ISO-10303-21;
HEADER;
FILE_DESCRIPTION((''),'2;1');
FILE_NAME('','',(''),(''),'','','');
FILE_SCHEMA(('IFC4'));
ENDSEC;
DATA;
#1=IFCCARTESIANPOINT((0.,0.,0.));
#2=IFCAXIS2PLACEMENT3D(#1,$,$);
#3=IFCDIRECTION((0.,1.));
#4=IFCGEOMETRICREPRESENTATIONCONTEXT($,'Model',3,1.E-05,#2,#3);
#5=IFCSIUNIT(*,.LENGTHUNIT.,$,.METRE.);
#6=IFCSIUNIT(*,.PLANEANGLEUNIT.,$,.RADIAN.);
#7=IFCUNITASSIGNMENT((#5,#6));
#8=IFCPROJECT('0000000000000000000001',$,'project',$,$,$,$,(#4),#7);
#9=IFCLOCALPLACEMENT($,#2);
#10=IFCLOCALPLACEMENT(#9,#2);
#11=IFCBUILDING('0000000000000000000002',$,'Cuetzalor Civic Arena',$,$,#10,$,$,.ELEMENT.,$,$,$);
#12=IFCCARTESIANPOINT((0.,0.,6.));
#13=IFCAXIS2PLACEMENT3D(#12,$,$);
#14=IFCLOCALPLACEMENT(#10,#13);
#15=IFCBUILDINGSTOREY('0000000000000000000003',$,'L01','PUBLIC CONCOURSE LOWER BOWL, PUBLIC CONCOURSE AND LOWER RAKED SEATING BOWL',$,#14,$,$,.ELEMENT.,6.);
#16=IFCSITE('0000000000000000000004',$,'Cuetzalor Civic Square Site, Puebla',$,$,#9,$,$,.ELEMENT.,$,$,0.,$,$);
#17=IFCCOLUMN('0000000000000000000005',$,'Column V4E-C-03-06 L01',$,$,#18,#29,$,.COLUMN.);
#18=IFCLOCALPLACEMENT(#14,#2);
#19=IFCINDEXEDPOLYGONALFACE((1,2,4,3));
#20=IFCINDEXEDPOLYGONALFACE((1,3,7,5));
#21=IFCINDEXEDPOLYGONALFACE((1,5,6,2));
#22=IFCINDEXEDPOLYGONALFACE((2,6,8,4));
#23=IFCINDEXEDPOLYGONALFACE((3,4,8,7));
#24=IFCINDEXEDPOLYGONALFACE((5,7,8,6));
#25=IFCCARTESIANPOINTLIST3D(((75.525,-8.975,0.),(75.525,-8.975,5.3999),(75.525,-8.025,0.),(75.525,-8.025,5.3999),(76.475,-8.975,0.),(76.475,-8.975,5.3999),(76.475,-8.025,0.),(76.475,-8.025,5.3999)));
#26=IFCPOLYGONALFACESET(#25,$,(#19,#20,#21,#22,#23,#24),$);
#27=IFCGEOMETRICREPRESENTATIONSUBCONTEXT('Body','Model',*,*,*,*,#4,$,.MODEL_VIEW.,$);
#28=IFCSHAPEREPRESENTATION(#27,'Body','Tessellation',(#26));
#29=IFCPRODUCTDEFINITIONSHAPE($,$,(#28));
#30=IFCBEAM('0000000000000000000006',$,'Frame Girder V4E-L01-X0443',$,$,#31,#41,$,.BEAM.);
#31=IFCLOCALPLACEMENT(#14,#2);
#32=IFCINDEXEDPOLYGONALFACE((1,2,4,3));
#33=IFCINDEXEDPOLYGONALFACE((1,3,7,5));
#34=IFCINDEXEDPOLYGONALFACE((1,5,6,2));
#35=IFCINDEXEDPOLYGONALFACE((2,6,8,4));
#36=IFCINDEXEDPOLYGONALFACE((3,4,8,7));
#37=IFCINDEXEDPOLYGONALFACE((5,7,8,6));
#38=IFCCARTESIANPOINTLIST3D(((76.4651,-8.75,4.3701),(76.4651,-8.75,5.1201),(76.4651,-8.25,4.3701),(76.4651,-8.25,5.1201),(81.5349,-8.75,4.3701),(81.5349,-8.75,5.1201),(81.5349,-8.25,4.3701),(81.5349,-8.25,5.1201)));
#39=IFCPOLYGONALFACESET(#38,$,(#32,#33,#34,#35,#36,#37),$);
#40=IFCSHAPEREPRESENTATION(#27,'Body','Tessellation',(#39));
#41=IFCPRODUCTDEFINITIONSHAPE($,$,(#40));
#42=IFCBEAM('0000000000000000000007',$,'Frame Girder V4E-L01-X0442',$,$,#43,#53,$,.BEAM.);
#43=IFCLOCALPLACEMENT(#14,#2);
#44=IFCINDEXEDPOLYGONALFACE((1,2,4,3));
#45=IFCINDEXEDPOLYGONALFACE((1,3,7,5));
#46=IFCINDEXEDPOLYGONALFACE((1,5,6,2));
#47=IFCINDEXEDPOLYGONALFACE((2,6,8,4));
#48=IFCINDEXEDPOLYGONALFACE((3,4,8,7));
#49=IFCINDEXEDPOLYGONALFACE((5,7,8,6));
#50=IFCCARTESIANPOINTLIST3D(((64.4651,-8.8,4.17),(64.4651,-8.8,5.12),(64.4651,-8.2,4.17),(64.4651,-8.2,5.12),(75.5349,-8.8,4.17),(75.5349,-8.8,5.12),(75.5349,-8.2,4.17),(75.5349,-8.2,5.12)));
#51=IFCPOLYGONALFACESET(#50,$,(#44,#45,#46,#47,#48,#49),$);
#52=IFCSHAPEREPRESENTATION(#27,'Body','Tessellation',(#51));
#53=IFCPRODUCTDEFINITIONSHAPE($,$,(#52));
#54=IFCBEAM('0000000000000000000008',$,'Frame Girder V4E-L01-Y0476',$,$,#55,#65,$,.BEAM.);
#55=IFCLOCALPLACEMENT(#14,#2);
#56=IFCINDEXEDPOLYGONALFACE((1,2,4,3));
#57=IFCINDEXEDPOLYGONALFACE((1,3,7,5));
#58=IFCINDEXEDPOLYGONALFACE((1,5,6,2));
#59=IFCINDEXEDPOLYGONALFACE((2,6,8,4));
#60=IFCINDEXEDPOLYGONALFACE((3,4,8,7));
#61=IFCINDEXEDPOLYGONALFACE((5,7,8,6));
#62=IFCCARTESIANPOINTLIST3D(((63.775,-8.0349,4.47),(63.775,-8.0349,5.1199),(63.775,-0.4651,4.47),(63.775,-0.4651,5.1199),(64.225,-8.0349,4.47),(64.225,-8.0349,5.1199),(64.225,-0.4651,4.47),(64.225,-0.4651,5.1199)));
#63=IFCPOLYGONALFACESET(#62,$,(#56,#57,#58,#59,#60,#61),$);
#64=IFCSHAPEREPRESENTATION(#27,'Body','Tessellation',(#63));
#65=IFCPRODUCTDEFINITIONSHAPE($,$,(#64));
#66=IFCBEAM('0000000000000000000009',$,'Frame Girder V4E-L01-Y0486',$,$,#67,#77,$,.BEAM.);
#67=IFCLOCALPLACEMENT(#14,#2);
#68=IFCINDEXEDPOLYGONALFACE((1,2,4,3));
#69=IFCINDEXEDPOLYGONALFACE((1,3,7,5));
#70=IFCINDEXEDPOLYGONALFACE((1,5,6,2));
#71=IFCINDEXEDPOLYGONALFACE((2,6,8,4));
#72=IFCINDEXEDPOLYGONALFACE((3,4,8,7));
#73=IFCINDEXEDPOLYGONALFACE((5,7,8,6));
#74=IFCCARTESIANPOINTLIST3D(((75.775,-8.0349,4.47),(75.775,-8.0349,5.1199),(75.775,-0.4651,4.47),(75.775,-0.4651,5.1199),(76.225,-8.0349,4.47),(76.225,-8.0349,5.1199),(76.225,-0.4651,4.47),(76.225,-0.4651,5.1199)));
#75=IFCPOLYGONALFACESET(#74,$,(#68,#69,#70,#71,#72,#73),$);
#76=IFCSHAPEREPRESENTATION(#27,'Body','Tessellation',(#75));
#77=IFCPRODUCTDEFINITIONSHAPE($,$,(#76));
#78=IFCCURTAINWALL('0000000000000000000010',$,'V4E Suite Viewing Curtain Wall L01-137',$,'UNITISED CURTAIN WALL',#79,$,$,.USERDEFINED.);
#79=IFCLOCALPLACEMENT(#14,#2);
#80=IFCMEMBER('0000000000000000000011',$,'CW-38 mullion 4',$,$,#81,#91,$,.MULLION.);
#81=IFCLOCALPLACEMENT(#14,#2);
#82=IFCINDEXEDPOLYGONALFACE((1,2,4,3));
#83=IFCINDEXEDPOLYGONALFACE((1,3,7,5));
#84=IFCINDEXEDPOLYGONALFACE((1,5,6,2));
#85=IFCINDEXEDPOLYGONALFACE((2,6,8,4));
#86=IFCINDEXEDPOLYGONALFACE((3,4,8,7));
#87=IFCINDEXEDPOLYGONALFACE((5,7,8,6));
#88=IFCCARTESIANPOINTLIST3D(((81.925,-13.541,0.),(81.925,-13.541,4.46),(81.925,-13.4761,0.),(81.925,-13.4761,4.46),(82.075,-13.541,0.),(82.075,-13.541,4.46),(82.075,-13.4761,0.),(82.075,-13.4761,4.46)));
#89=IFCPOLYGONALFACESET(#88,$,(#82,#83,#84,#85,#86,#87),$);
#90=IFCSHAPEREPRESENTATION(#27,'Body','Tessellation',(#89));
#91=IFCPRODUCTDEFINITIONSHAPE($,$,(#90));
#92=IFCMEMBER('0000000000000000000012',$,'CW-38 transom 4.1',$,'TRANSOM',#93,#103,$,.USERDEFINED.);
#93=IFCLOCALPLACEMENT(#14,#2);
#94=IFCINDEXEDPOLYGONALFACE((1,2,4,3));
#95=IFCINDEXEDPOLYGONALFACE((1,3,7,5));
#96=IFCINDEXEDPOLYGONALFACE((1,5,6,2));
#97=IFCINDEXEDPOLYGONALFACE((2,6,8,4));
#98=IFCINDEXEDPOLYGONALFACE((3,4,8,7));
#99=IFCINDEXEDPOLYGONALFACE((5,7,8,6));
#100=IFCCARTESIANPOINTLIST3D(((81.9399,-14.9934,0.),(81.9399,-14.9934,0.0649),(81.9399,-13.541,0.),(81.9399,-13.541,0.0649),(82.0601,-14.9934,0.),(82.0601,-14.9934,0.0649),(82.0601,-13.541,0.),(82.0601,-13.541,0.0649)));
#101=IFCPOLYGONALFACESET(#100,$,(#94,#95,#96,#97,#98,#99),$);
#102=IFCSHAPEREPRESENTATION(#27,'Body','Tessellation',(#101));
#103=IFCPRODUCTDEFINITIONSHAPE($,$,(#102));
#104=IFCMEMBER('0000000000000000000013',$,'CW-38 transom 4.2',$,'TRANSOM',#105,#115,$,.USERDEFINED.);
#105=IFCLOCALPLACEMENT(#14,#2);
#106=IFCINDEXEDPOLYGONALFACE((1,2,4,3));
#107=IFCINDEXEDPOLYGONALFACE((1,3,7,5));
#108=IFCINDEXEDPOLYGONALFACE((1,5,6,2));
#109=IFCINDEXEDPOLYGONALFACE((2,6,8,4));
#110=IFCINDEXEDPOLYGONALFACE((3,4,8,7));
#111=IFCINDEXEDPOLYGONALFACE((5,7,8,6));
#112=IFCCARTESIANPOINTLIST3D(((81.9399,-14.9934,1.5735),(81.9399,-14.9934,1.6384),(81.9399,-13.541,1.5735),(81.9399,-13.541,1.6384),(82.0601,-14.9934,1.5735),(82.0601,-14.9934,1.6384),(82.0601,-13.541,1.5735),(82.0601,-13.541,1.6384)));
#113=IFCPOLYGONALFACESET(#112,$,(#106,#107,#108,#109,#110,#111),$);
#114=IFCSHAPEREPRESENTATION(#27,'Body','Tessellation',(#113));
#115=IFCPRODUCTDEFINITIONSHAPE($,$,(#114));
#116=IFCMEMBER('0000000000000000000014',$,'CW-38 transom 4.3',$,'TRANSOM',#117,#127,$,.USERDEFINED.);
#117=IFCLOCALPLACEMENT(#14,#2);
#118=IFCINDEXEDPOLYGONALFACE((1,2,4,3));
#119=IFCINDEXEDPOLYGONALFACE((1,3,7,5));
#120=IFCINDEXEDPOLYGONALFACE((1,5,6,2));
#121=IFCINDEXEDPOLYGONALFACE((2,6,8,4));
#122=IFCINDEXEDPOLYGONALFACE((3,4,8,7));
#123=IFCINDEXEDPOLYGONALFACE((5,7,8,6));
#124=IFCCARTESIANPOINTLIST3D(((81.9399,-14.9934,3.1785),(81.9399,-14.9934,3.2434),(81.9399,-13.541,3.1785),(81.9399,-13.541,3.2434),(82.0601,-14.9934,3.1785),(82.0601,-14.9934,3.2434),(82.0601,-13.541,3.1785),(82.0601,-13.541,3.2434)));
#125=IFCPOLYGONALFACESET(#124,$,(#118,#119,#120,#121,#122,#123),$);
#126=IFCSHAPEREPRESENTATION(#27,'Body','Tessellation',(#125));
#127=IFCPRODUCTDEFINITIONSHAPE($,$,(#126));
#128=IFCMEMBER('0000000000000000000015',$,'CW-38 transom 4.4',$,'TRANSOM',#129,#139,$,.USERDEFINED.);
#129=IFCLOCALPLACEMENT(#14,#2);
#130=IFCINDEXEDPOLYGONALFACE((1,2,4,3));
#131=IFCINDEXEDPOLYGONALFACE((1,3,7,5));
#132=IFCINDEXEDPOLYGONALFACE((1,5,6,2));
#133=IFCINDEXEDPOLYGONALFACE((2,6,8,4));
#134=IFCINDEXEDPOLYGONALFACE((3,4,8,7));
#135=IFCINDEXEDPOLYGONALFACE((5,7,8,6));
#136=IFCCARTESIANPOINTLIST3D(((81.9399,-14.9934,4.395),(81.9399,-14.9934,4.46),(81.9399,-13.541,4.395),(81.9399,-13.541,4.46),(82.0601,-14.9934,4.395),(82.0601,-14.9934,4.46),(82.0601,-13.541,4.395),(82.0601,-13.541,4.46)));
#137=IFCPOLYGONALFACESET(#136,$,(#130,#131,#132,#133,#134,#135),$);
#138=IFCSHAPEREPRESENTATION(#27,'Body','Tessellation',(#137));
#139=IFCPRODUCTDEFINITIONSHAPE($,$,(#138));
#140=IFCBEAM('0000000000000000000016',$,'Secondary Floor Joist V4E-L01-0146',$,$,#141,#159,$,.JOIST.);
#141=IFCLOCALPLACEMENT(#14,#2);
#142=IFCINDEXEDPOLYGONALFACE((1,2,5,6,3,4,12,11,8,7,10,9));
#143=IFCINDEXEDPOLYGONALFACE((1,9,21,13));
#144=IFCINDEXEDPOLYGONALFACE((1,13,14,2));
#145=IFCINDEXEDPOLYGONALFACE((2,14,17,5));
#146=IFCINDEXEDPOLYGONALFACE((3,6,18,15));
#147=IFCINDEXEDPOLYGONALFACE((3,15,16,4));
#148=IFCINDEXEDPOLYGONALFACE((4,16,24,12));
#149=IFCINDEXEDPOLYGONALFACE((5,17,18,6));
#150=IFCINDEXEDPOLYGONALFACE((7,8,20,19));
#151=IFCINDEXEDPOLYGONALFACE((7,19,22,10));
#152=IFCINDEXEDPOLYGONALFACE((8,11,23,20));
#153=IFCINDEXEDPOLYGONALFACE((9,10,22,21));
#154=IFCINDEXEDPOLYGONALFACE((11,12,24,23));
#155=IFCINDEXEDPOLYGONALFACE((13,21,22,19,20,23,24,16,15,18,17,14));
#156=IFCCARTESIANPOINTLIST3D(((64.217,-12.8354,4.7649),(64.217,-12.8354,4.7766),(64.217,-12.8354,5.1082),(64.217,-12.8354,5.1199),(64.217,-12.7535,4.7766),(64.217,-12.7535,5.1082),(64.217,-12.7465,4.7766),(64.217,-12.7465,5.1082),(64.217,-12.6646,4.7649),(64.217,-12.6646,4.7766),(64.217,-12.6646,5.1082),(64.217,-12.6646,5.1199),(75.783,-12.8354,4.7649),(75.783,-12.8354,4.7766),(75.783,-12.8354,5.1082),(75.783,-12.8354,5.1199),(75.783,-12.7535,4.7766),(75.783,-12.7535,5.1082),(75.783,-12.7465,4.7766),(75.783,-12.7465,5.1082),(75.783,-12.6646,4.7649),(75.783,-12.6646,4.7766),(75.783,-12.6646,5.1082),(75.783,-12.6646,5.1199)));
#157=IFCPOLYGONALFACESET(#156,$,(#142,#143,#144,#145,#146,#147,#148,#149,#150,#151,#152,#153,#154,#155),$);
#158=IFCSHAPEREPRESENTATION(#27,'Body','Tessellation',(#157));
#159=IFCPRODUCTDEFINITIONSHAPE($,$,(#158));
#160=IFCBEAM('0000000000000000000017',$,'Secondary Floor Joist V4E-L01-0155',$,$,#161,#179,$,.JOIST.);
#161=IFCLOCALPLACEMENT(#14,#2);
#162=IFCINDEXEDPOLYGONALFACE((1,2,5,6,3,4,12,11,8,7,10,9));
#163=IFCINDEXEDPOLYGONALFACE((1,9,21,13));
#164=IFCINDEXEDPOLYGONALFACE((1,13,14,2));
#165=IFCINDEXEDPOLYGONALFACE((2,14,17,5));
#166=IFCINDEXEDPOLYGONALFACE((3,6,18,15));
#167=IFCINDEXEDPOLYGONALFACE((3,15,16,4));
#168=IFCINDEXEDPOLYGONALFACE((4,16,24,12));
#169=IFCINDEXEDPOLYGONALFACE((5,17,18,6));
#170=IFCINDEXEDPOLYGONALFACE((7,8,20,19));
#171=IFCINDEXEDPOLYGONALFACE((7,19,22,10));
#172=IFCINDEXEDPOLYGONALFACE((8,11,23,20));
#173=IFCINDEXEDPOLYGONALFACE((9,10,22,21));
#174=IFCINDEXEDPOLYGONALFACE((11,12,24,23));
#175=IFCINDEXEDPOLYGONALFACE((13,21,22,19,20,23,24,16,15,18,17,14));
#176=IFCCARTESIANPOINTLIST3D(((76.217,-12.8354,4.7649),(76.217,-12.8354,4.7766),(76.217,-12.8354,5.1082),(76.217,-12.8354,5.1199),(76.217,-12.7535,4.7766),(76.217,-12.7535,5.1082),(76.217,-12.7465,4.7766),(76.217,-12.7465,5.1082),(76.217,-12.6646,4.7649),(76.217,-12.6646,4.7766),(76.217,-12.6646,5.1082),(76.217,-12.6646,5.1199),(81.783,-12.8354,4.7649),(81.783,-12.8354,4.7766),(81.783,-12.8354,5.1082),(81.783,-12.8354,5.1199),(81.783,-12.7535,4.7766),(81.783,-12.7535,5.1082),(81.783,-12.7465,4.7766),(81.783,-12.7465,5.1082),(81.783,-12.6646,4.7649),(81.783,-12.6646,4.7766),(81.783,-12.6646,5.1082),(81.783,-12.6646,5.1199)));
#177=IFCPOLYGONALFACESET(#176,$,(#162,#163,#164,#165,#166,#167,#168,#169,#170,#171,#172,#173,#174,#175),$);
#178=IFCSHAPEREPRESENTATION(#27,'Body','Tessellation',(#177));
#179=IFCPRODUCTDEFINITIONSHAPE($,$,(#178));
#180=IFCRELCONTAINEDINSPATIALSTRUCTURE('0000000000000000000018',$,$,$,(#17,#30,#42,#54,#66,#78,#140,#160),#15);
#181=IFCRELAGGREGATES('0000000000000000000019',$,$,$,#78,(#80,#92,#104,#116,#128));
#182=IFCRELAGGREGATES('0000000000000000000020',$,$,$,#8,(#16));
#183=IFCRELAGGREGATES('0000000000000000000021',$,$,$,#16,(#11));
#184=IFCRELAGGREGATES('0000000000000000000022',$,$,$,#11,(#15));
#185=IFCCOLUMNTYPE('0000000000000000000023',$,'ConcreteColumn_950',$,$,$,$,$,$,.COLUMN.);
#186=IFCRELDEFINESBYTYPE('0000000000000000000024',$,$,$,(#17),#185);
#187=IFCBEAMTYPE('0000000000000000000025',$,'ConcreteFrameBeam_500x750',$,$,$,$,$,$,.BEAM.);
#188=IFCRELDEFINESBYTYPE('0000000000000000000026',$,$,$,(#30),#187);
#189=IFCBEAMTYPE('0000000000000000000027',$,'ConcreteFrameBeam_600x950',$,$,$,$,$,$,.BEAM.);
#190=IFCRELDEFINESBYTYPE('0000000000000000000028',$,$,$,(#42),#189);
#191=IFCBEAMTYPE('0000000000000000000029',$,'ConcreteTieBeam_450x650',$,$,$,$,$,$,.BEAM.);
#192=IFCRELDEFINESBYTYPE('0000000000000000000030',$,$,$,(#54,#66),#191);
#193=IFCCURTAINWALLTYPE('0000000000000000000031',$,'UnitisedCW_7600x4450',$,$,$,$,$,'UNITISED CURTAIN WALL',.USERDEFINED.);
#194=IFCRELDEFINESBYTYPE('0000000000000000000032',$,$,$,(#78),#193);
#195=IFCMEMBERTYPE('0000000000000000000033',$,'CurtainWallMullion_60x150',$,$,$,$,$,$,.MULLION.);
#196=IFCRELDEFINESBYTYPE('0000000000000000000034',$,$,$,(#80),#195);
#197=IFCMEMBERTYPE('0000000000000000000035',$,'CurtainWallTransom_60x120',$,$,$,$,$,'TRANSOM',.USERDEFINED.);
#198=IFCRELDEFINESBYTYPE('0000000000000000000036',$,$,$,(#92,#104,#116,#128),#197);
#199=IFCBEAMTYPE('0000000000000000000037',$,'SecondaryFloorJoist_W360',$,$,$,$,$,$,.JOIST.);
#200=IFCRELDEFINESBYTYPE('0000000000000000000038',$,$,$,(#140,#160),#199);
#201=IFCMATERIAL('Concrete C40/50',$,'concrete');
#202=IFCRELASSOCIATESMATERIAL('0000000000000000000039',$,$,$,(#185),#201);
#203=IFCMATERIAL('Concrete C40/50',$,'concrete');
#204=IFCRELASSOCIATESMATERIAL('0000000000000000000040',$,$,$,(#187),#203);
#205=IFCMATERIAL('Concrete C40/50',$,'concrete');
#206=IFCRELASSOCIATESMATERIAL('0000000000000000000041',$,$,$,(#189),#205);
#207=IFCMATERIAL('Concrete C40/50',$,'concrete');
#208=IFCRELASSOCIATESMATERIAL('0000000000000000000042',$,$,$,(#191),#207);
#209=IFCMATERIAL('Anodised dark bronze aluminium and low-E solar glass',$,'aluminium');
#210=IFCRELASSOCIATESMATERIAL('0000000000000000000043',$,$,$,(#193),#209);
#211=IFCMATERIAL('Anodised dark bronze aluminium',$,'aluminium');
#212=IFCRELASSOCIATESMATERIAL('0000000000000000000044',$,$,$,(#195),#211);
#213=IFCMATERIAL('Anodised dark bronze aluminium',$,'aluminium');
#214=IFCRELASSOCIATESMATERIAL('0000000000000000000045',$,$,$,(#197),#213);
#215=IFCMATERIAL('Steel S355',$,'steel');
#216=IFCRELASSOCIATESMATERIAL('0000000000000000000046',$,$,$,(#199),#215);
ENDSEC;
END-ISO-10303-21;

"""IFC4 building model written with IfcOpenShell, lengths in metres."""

from ifc_helpers import new_model, si_unit, direction, frame, origin, origin_2d, place, context, subcontext, project, spatial, rectangle, i_section, extrude, material, material_profile, profile_set, type_object, element, aggregate, save


model = new_model("IFC4")

# Units and contexts
model_context = context("Model", 3, precision=1e-05, world=origin(), true_north=direction((0.0, 1.0)))
body_context = subcontext(model_context, "Body", "Model", "MODEL_VIEW")
ifc_project = project(units=[si_unit("LENGTHUNIT", "METRE"), si_unit("PLANEANGLEUNIT", "RADIAN")], contexts=[model_context])

# Site, building, storey
site_placement = place(None, origin())
site = spatial("IfcSite", under=ifc_project, at=site_placement, Name="Cuetzalor Civic Square Site, Puebla", CompositionType="ELEMENT", RefElevation=0.0)
building_placement = place(site_placement, origin())
building = spatial("IfcBuilding", under=site, at=building_placement, Name="Cuetzalor Civic Arena", CompositionType="ELEMENT")
storey_placement = place(building_placement, frame((0.0, 0.0, 6.0)))
storey = spatial("IfcBuildingStorey", under=building, at=storey_placement, Name="L01", Description="PUBLIC CONCOURSE LOWER BOWL, PUBLIC CONCOURSE AND LOWER RAKED SEATING BOWL", CompositionType="ELEMENT", Elevation=6.0)

# Column
ifc_material_1 = material(Name="Concrete C40/50", Category="concrete")
ifc_material_profile_1 = material_profile(ifc_material_1, rectangle(XDim=0.95, YDim=0.95, at=origin_2d()), Name="RC 950x950")
ifc_profile_set_1 = profile_set([ifc_material_profile_1], Name="Concrete C40/50")
column_type = type_object("IfcColumnType", Name="ConcreteColumn_950", PredefinedType="COLUMN", material=ifc_profile_set_1)
column_placement = place(storey_placement, frame((76.0, -8.5, 0.0), z_axis=(0.0, 0.0, 1.0), x_axis=(1.0, 0.0, 0.0)))
element("IfcColumn", 1, at=column_placement, inside=storey, type_object=column_type, Name="Column V4E-C-03-06 L01", PredefinedType="COLUMN", context=body_context, shape_type="SweptSolid", body=[
    extrude(rectangle(XDim=0.95, YDim=0.95, at=origin_2d()), origin(), (0.0, 0.0, 1.0), 5.3999),
])

# Beams
ifc_material_2 = material(Name="Concrete C40/50", Category="concrete")
ifc_material_profile_2 = material_profile(ifc_material_2, rectangle(XDim=0.5, YDim=0.75, at=origin_2d()), Name="RC 500x750")
ifc_profile_set_2 = profile_set([ifc_material_profile_2], Name="Concrete C40/50")
beam_type_1 = type_object("IfcBeamType", Name="ConcreteFrameBeam_500x750", PredefinedType="BEAM", material=ifc_profile_set_2)
beam_1_placement = place(storey_placement, frame((76.4651, -8.5, 4.7451), z_axis=(1.0, 0.0, 0.0), x_axis=(0.0, 1.0, 0.0)))
element("IfcBeam", 2, at=beam_1_placement, inside=storey, type_object=beam_type_1, Name="Frame Girder V4E-L01-X0443", PredefinedType="BEAM", context=body_context, shape_type="SweptSolid", body=[
    extrude(rectangle(XDim=0.5, YDim=0.75, at=origin_2d()), origin(), (0.0, 0.0, 1.0), 5.0698),
])
ifc_material_3 = material(Name="Concrete C40/50", Category="concrete")
ifc_material_profile_3 = material_profile(ifc_material_3, rectangle(XDim=0.6001, YDim=0.95, at=origin_2d()), Name="RC 600x950")
ifc_profile_set_3 = profile_set([ifc_material_profile_3], Name="Concrete C40/50")
beam_type_2 = type_object("IfcBeamType", Name="ConcreteFrameBeam_600x950", PredefinedType="BEAM", material=ifc_profile_set_3)
beam_2_placement = place(storey_placement, frame((64.4651, -8.5, 4.645), z_axis=(1.0, 0.0, 0.0), x_axis=(0.0, 1.0, 0.0)))
element("IfcBeam", 3, at=beam_2_placement, inside=storey, type_object=beam_type_2, Name="Frame Girder V4E-L01-X0442", PredefinedType="BEAM", context=body_context, shape_type="SweptSolid", body=[
    extrude(rectangle(XDim=0.6001, YDim=0.95, at=origin_2d()), origin(), (0.0, 0.0, 1.0), 11.0698),
])
ifc_material_4 = material(Name="Concrete C40/50", Category="concrete")
ifc_material_profile_4 = material_profile(ifc_material_4, rectangle(XDim=0.45, YDim=0.6499, at=origin_2d()), Name="RC 450x650")
ifc_profile_set_4 = profile_set([ifc_material_profile_4], Name="Concrete C40/50")
beam_type_3 = type_object("IfcBeamType", Name="ConcreteTieBeam_450x650", PredefinedType="BEAM", material=ifc_profile_set_4)
for number, where, z_axis, x_axis, name in (
    (4, (64.0, -8.0349, 4.7949), (0.0, 1.0, 0.0), (-1.0, 0.0, 0.0), "Frame Girder V4E-L01-Y0476"),
    (5, (76.0, -8.0349, 4.7949), (0.0, 1.0, 0.0), (-1.0, 0.0, 0.0), "Frame Girder V4E-L01-Y0486"),
):
    element("IfcBeam", number, at=place(storey_placement, frame(where, z_axis=z_axis, x_axis=x_axis)), inside=storey, type_object=beam_type_3, Name=name, PredefinedType="BEAM", context=body_context, shape_type="SweptSolid", body=[
        extrude(rectangle(XDim=0.45, YDim=0.6499, at=origin_2d()), origin(), (0.0, 0.0, 1.0), 7.5698),
    ])

# Curtain wall, members
ifc_material_5 = material(Name="Anodised dark bronze aluminium and low-E solar glass", Category="aluminium")
curtain_wall_type = type_object("IfcCurtainWallType", Name="UnitisedCW_7600x4450", ElementType="UNITISED CURTAIN WALL", PredefinedType="USERDEFINED", material=ifc_material_5)
curtain_wall_placement = place(storey_placement, origin())
curtain_wall = element("IfcCurtainWall", 6, at=curtain_wall_placement, inside=storey, type_object=curtain_wall_type, Name="V4E Suite Viewing Curtain Wall L01-137", ObjectType="UNITISED CURTAIN WALL", PredefinedType="USERDEFINED")
ifc_material_6 = material(Name="Anodised dark bronze aluminium", Category="aluminium")
ifc_material_profile_5 = material_profile(ifc_material_6, rectangle(XDim=0.0649, YDim=0.1499, at=origin_2d()), Name="ALU MULLION 65x150")
ifc_profile_set_5 = profile_set([ifc_material_profile_5], Name="Anodised dark bronze aluminium")
member_type_1 = type_object("IfcMemberType", Name="CurtainWallMullion_60x150", PredefinedType="MULLION", material=ifc_profile_set_5)
member_1_placement = place(storey_placement, frame((82.0, -13.5085, 0.0), z_axis=(0.0, 0.0, 1.0), x_axis=(0.0, -1.0, 0.0)))
member_1 = element("IfcMember", 7, at=member_1_placement, type_object=member_type_1, Name="CW-38 mullion 4", PredefinedType="MULLION", context=body_context, shape_type="SweptSolid", body=[
    extrude(rectangle(XDim=0.0649, YDim=0.1499, at=origin_2d()), origin(), (0.0, 0.0, 1.0), 4.46),
])
ifc_material_7 = material(Name="Anodised dark bronze aluminium", Category="aluminium")
ifc_material_profile_6 = material_profile(ifc_material_7, rectangle(XDim=0.1201, YDim=0.0649, at=origin_2d()), Name="ALU TRANSOM 65x120")
ifc_profile_set_6 = profile_set([ifc_material_profile_6], Name="Anodised dark bronze aluminium")
member_type_2 = type_object("IfcMemberType", Name="CurtainWallTransom_60x120", ElementType="TRANSOM", PredefinedType="USERDEFINED", material=ifc_profile_set_6)
member_2_placement = place(storey_placement, frame((82.0, -13.541, 0.0325), z_axis=(0.0, -1.0, 0.0), x_axis=(1.0, 0.0, 0.0)))
member_2 = element("IfcMember", 8, at=member_2_placement, type_object=member_type_2, Name="CW-38 transom 4.1", ObjectType="TRANSOM", PredefinedType="USERDEFINED", context=body_context, shape_type="SweptSolid", body=[
    extrude(rectangle(XDim=0.1201, YDim=0.0649, at=origin_2d()), origin(), (0.0, 0.0, 1.0), 1.4524),
])
member_3_placement = place(storey_placement, frame((82.0, -13.541, 1.606), z_axis=(0.0, -1.0, 0.0), x_axis=(1.0, 0.0, 0.0)))
member_3 = element("IfcMember", 9, at=member_3_placement, type_object=member_type_2, Name="CW-38 transom 4.2", ObjectType="TRANSOM", PredefinedType="USERDEFINED", context=body_context, shape_type="SweptSolid", body=[
    extrude(rectangle(XDim=0.1201, YDim=0.0649, at=origin_2d()), origin(), (0.0, 0.0, 1.0), 1.4524),
])
member_4_placement = place(storey_placement, frame((82.0, -13.541, 3.2109), z_axis=(0.0, -1.0, 0.0), x_axis=(1.0, 0.0, 0.0)))
member_4 = element("IfcMember", 10, at=member_4_placement, type_object=member_type_2, Name="CW-38 transom 4.3", ObjectType="TRANSOM", PredefinedType="USERDEFINED", context=body_context, shape_type="SweptSolid", body=[
    extrude(rectangle(XDim=0.1201, YDim=0.0649, at=origin_2d()), origin(), (0.0, 0.0, 1.0), 1.4524),
])
member_5_placement = place(storey_placement, frame((82.0, -13.541, 4.4275), z_axis=(0.0, -1.0, 0.0), x_axis=(1.0, 0.0, 0.0)))
member_5 = element("IfcMember", 11, at=member_5_placement, type_object=member_type_2, Name="CW-38 transom 4.4", ObjectType="TRANSOM", PredefinedType="USERDEFINED", context=body_context, shape_type="SweptSolid", body=[
    extrude(rectangle(XDim=0.1201, YDim=0.0649, at=origin_2d()), origin(), (0.0, 0.0, 1.0), 1.4524),
])

# Beams
ifc_material_8 = material(Name="Steel S355", Category="steel")
ifc_material_profile_7 = material_profile(ifc_material_8, i_section(OverallWidth=0.1709, OverallDepth=0.355, WebThickness=0.0071, FlangeThickness=0.0117, at=origin_2d()), Name="W360x51")
ifc_profile_set_7 = profile_set([ifc_material_profile_7], Name="Steel S355")
beam_type_4 = type_object("IfcBeamType", Name="SecondaryFloorJoist_W360", PredefinedType="JOIST", material=ifc_profile_set_7)
beam_3_placement = place(storey_placement, frame((64.217, -12.75, 4.9424), z_axis=(1.0, 0.0, 0.0), x_axis=(0.0, 1.0, 0.0)))
element("IfcBeam", 12, at=beam_3_placement, inside=storey, type_object=beam_type_4, Name="Secondary Floor Joist V4E-L01-0146", PredefinedType="JOIST", context=body_context, shape_type="SweptSolid", body=[
    extrude(i_section(OverallWidth=0.1709, OverallDepth=0.355, WebThickness=0.0071, FlangeThickness=0.0117, at=origin_2d()), origin(), (0.0, 0.0, 1.0), 11.5659),
])
beam_4_placement = place(storey_placement, frame((76.217, -12.75, 4.9424), z_axis=(1.0, 0.0, 0.0), x_axis=(0.0, 1.0, 0.0)))
element("IfcBeam", 13, at=beam_4_placement, inside=storey, type_object=beam_type_4, Name="Secondary Floor Joist V4E-L01-0155", PredefinedType="JOIST", context=body_context, shape_type="SweptSolid", body=[
    extrude(i_section(OverallWidth=0.1709, OverallDepth=0.355, WebThickness=0.0071, FlangeThickness=0.0117, at=origin_2d()), origin(), (0.0, 0.0, 1.0), 5.5659),
])

aggregate(curtain_wall, [member_1, member_2, member_3, member_4, member_5])

save(model, "model.ifc")
